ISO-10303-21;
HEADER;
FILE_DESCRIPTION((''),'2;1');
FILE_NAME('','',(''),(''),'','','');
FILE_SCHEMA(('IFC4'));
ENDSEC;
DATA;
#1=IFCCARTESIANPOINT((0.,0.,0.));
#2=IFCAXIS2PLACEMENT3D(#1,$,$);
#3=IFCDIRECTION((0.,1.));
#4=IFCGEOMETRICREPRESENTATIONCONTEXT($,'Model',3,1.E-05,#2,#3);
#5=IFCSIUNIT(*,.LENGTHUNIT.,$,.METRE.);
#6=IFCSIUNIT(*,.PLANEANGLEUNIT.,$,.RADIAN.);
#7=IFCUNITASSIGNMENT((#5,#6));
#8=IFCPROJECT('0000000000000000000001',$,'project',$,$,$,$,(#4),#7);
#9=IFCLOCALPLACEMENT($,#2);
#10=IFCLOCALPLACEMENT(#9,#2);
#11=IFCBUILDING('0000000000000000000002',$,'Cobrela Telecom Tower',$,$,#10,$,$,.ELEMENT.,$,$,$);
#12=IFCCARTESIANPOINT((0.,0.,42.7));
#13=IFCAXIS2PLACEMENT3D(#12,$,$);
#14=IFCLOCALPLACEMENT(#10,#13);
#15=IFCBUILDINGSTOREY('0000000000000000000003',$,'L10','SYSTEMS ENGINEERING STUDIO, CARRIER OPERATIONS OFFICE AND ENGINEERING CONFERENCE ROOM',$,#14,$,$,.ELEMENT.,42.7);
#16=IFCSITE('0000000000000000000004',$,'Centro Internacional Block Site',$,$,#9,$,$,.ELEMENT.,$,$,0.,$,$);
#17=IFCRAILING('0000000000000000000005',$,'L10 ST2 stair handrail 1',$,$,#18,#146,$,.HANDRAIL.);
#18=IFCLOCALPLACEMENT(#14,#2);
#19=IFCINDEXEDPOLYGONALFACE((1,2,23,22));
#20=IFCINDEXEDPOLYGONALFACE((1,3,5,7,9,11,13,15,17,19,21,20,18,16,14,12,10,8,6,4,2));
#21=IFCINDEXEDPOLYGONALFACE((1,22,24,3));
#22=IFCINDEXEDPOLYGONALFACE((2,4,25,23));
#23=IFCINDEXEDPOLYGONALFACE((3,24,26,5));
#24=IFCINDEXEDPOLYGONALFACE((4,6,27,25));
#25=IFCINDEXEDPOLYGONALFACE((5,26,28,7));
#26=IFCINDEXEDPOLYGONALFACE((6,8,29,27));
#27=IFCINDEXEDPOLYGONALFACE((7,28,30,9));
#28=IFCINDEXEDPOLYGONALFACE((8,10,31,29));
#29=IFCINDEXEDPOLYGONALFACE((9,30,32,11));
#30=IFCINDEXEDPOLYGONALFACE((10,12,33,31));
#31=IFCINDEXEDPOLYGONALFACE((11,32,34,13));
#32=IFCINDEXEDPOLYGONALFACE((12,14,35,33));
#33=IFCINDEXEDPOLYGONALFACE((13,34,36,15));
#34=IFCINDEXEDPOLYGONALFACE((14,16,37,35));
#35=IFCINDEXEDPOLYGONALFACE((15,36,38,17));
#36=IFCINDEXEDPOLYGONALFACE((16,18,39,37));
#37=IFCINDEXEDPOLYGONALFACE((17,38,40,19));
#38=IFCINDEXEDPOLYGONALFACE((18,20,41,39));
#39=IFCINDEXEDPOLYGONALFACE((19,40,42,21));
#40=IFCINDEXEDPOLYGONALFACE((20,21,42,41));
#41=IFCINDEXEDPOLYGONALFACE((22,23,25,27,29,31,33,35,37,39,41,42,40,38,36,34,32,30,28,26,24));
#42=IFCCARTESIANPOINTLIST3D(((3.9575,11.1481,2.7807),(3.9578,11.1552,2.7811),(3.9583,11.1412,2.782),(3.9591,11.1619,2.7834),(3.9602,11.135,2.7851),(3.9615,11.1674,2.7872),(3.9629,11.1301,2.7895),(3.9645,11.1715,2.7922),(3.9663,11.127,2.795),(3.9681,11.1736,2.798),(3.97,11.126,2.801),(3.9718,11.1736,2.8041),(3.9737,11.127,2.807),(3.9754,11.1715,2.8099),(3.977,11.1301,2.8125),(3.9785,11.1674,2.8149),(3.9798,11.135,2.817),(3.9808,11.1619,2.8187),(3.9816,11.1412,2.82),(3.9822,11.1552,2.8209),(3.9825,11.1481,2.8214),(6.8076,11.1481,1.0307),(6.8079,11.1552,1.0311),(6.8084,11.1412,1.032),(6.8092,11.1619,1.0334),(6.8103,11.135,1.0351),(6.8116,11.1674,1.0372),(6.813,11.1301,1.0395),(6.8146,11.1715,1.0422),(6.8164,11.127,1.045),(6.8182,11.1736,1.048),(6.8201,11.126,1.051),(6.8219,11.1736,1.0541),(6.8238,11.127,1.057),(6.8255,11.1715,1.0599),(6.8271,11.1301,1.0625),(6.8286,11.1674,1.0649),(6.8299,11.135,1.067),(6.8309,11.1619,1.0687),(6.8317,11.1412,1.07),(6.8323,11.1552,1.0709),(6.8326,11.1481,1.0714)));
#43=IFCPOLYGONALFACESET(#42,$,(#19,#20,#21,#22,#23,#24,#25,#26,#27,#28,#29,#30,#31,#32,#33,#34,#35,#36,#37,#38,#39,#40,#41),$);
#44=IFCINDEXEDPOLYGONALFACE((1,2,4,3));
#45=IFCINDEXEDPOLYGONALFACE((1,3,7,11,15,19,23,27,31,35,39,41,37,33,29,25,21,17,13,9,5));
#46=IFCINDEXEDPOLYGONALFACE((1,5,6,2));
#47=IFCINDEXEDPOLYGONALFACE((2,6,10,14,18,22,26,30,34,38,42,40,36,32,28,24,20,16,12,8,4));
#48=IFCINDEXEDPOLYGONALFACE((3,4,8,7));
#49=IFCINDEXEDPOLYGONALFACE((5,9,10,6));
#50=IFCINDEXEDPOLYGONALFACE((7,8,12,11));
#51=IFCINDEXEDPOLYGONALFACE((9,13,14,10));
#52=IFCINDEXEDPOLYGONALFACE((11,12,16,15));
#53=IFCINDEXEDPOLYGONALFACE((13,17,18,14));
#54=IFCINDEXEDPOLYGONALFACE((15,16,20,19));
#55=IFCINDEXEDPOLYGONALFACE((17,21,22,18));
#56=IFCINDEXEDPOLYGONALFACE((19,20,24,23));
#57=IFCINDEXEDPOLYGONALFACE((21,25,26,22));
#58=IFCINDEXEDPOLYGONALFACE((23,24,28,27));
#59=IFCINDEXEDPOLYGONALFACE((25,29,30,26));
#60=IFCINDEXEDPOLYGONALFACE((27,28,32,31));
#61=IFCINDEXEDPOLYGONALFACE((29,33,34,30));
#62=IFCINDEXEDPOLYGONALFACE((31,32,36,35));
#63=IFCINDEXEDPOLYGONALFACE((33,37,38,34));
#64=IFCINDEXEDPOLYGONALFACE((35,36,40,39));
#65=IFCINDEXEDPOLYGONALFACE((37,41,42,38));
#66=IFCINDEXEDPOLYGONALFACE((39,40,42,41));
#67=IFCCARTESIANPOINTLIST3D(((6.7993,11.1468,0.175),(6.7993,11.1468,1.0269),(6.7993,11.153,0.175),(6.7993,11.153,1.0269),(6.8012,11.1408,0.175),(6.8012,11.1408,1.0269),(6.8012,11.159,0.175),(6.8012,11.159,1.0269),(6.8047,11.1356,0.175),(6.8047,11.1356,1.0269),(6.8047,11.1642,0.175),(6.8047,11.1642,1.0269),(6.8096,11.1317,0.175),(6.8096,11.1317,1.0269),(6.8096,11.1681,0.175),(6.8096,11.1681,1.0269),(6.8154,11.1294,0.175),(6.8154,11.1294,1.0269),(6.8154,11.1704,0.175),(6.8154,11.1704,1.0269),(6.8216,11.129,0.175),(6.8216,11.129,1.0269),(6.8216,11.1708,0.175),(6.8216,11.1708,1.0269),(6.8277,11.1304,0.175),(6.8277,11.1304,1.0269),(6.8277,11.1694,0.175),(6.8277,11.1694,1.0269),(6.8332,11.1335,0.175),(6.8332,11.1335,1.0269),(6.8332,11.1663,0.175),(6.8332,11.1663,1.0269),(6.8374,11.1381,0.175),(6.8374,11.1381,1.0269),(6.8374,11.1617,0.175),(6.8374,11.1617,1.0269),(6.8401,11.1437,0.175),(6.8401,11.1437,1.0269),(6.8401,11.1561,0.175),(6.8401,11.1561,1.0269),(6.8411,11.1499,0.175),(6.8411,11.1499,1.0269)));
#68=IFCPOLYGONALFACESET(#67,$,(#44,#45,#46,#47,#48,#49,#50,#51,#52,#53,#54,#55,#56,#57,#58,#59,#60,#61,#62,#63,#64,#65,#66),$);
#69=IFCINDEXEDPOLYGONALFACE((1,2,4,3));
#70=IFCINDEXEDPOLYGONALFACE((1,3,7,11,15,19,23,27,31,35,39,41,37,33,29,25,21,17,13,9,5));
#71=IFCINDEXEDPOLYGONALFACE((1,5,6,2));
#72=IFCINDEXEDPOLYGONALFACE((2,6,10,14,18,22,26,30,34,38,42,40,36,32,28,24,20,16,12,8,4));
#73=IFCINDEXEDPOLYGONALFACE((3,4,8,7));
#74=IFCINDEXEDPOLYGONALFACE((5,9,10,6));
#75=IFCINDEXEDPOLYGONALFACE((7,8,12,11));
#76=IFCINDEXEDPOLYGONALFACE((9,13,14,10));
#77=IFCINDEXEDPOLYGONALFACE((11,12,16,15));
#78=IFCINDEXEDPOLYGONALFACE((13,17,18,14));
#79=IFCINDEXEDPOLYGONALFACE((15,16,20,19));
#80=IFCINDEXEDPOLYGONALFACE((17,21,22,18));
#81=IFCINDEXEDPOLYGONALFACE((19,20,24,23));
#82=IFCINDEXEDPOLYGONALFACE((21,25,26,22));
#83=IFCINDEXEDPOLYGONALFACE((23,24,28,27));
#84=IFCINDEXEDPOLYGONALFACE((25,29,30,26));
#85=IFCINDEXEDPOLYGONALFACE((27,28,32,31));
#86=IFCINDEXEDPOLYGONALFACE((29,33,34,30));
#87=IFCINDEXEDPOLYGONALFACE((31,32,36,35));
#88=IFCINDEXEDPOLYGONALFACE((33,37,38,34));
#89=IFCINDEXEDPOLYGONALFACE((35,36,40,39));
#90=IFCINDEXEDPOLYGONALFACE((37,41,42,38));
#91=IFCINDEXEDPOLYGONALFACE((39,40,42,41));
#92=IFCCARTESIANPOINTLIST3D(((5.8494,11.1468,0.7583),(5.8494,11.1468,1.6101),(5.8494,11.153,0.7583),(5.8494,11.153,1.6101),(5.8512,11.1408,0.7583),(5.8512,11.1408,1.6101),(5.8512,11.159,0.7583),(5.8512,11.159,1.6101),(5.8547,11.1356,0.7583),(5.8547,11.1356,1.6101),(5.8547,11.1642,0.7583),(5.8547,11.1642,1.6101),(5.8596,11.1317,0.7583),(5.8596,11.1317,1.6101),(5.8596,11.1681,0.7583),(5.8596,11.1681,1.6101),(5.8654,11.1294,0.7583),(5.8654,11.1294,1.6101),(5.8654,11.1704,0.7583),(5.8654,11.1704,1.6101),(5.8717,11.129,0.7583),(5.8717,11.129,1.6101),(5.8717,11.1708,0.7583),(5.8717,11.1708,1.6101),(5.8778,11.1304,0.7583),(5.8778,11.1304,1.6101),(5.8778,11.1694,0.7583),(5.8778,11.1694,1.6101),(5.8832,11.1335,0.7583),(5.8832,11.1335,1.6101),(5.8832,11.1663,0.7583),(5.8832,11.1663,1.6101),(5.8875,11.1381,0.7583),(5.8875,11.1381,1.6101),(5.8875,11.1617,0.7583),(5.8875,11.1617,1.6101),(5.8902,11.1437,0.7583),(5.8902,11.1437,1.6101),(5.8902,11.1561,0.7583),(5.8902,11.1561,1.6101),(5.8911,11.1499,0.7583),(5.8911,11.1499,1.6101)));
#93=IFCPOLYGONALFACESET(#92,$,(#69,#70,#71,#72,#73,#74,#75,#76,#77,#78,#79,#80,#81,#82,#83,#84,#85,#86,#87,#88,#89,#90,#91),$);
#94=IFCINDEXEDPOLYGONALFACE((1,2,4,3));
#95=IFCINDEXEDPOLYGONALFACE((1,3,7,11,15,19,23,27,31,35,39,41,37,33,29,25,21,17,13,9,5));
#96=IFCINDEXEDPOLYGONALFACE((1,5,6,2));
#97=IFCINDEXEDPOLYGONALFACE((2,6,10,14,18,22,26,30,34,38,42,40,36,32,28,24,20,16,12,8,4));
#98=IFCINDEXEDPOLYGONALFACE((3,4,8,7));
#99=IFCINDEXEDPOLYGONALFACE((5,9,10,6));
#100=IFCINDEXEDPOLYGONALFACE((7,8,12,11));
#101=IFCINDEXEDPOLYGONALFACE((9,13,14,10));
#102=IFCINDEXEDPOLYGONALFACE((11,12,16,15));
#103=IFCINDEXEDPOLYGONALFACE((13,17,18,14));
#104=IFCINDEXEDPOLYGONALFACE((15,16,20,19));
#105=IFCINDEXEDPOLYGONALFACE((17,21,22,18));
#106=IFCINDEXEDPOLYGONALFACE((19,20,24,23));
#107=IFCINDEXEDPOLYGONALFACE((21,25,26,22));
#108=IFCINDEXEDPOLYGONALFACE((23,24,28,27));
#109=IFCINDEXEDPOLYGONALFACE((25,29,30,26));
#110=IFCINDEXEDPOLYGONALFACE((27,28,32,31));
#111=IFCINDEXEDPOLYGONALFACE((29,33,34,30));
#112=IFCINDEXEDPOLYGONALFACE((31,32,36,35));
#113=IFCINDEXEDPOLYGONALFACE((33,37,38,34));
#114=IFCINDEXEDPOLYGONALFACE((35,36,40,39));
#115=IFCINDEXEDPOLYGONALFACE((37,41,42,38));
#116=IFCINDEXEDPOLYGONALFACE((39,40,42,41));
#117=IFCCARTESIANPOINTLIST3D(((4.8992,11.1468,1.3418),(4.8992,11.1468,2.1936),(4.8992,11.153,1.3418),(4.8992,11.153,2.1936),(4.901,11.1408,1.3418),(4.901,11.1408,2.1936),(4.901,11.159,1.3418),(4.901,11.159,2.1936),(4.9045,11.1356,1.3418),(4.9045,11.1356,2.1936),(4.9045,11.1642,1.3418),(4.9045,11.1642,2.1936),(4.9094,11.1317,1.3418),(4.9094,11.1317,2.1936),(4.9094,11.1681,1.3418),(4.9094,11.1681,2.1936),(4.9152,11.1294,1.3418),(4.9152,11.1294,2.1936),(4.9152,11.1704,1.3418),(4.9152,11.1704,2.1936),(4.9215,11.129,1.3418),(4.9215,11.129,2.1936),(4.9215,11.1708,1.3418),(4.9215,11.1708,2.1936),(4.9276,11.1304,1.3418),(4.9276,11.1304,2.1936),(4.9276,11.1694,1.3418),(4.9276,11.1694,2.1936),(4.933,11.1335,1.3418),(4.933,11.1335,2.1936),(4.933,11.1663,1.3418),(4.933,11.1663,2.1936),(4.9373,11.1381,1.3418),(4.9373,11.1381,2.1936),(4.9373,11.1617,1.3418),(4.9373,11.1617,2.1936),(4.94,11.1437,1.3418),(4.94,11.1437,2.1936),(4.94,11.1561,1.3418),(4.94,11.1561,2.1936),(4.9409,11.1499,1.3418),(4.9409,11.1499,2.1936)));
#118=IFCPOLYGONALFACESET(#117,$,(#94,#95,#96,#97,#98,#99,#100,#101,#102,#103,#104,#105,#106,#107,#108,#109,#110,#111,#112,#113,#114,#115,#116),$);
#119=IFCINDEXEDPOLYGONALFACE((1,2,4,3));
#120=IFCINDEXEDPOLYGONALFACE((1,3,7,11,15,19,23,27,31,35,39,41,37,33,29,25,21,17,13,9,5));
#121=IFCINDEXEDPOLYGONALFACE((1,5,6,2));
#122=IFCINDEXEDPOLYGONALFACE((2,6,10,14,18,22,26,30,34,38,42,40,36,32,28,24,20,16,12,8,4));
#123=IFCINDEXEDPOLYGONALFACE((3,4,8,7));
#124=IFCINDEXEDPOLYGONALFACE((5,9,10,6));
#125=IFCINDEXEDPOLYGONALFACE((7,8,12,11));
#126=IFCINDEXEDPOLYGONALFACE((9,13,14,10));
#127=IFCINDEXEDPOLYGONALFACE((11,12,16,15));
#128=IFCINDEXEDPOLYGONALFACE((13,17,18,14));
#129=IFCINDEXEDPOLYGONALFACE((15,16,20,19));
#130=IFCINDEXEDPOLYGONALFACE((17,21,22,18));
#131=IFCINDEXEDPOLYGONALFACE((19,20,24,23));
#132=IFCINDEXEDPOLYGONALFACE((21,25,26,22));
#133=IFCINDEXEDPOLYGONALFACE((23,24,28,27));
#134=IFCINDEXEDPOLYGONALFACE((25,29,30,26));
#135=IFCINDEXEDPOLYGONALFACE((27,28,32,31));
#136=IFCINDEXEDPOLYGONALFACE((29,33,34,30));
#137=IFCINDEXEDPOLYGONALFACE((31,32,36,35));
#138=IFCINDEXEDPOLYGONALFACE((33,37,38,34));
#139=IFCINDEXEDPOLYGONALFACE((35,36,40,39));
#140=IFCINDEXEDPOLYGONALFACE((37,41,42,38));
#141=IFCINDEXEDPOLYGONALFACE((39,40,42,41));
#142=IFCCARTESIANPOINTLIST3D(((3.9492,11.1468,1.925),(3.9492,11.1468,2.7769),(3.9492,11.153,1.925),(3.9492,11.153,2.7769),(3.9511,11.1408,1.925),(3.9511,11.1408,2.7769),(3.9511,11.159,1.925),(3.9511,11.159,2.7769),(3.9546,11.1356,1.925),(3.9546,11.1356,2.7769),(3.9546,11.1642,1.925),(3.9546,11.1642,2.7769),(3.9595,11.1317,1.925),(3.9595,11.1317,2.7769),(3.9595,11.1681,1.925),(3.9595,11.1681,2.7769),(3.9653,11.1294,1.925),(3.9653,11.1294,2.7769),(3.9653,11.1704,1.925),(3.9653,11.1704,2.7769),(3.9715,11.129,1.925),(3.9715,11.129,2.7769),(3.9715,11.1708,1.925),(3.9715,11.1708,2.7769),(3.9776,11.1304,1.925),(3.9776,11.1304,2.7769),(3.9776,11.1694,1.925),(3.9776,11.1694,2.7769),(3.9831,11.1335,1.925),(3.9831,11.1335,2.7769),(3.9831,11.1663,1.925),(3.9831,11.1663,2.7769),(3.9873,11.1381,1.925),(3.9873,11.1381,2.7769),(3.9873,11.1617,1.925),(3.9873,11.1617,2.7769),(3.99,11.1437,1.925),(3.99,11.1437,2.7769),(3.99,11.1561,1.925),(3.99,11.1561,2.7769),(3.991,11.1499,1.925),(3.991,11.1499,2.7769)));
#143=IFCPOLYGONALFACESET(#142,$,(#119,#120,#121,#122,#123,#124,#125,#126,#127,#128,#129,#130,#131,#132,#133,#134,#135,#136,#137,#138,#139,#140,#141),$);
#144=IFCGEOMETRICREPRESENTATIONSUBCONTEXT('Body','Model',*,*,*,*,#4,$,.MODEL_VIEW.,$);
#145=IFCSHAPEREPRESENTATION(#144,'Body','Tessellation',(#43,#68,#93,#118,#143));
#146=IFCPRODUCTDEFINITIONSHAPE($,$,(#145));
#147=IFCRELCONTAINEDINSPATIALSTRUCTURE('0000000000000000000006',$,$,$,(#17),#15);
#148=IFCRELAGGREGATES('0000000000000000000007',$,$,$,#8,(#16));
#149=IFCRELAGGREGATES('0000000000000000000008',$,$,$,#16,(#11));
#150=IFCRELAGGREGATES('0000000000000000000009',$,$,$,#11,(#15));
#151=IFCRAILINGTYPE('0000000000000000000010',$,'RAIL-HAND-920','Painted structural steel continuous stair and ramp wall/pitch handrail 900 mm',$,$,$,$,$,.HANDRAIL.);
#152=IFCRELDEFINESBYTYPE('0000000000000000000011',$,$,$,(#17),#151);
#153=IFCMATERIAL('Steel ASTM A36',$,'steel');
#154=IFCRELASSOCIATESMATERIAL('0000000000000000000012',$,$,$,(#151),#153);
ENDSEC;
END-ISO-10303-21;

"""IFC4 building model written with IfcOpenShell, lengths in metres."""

from ifc_helpers import new_model, si_unit, direction, frame, origin, origin_2d, place, context, subcontext, project, spatial, circle, extrude, material, type_object, element, save


model = new_model("IFC4")

# Units and contexts
model_context = context("Model", 3, precision=1e-05, world=origin(), true_north=direction((0.0, 1.0)))
body_context = subcontext(model_context, "Body", "Model", "MODEL_VIEW")
ifc_project = project(units=[si_unit("LENGTHUNIT", "METRE"), si_unit("PLANEANGLEUNIT", "RADIAN")], contexts=[model_context])

# Site, building, storey
site_placement = place(None, origin())
site = spatial("IfcSite", under=ifc_project, at=site_placement, Name="Centro Internacional Block Site", CompositionType="ELEMENT", RefElevation=0.0)
building_placement = place(site_placement, origin())
building = spatial("IfcBuilding", under=site, at=building_placement, Name="Cobrela Telecom Tower", CompositionType="ELEMENT")
storey_placement = place(building_placement, frame((0.0, 0.0, 42.7)))
storey = spatial("IfcBuildingStorey", under=building, at=storey_placement, Name="L10", Description="SYSTEMS ENGINEERING STUDIO, CARRIER OPERATIONS OFFICE AND ENGINEERING CONFERENCE ROOM", CompositionType="ELEMENT", Elevation=42.7)

# Railing
ifc_material_1 = material(Name="Steel ASTM A36", Category="steel")
railing_type_1 = type_object("IfcRailingType", Name="RAIL-HAND-920", Description="Painted structural steel continuous stair and ramp wall/pitch handrail 900 mm", PredefinedType="HANDRAIL", material=ifc_material_1)
railing_1_placement = place(storey_placement, frame((6.8201, 11.1499, 0.175)))
element("IfcRailing", 1, at=railing_1_placement, inside=storey, type_object=railing_type_1, Name="L10 ST2 stair handrail 1", PredefinedType="HANDRAIL", context=body_context, shape_type="SweptSolid", body=[
    extrude(circle(Radius=0.0239, at=origin_2d()), frame((0.0, 0.0, 0.876), z_axis=(-0.852179, 0.0, 0.52325), x_axis=(0.0, -1.0, 0.0)), (0.0, 0.0, 1.0), 3.3445),
    extrude(circle(Radius=0.021, at=origin_2d()), origin(), (0.0, 0.0, 1.0), 0.8518),
    extrude(circle(Radius=0.021, at=origin_2d()), frame((-0.95, 0.0, 0.5833)), (0.0, 0.0, 1.0), 0.8518),
    extrude(circle(Radius=0.021, at=origin_2d()), frame((-1.9001, 0.0, 1.1667)), (0.0, 0.0, 1.0), 0.8518),
    extrude(circle(Radius=0.021, at=origin_2d()), frame((-2.8501, 0.0, 1.75)), (0.0, 0.0, 1.0), 0.8518),
])

save(model, "model.ifc")
